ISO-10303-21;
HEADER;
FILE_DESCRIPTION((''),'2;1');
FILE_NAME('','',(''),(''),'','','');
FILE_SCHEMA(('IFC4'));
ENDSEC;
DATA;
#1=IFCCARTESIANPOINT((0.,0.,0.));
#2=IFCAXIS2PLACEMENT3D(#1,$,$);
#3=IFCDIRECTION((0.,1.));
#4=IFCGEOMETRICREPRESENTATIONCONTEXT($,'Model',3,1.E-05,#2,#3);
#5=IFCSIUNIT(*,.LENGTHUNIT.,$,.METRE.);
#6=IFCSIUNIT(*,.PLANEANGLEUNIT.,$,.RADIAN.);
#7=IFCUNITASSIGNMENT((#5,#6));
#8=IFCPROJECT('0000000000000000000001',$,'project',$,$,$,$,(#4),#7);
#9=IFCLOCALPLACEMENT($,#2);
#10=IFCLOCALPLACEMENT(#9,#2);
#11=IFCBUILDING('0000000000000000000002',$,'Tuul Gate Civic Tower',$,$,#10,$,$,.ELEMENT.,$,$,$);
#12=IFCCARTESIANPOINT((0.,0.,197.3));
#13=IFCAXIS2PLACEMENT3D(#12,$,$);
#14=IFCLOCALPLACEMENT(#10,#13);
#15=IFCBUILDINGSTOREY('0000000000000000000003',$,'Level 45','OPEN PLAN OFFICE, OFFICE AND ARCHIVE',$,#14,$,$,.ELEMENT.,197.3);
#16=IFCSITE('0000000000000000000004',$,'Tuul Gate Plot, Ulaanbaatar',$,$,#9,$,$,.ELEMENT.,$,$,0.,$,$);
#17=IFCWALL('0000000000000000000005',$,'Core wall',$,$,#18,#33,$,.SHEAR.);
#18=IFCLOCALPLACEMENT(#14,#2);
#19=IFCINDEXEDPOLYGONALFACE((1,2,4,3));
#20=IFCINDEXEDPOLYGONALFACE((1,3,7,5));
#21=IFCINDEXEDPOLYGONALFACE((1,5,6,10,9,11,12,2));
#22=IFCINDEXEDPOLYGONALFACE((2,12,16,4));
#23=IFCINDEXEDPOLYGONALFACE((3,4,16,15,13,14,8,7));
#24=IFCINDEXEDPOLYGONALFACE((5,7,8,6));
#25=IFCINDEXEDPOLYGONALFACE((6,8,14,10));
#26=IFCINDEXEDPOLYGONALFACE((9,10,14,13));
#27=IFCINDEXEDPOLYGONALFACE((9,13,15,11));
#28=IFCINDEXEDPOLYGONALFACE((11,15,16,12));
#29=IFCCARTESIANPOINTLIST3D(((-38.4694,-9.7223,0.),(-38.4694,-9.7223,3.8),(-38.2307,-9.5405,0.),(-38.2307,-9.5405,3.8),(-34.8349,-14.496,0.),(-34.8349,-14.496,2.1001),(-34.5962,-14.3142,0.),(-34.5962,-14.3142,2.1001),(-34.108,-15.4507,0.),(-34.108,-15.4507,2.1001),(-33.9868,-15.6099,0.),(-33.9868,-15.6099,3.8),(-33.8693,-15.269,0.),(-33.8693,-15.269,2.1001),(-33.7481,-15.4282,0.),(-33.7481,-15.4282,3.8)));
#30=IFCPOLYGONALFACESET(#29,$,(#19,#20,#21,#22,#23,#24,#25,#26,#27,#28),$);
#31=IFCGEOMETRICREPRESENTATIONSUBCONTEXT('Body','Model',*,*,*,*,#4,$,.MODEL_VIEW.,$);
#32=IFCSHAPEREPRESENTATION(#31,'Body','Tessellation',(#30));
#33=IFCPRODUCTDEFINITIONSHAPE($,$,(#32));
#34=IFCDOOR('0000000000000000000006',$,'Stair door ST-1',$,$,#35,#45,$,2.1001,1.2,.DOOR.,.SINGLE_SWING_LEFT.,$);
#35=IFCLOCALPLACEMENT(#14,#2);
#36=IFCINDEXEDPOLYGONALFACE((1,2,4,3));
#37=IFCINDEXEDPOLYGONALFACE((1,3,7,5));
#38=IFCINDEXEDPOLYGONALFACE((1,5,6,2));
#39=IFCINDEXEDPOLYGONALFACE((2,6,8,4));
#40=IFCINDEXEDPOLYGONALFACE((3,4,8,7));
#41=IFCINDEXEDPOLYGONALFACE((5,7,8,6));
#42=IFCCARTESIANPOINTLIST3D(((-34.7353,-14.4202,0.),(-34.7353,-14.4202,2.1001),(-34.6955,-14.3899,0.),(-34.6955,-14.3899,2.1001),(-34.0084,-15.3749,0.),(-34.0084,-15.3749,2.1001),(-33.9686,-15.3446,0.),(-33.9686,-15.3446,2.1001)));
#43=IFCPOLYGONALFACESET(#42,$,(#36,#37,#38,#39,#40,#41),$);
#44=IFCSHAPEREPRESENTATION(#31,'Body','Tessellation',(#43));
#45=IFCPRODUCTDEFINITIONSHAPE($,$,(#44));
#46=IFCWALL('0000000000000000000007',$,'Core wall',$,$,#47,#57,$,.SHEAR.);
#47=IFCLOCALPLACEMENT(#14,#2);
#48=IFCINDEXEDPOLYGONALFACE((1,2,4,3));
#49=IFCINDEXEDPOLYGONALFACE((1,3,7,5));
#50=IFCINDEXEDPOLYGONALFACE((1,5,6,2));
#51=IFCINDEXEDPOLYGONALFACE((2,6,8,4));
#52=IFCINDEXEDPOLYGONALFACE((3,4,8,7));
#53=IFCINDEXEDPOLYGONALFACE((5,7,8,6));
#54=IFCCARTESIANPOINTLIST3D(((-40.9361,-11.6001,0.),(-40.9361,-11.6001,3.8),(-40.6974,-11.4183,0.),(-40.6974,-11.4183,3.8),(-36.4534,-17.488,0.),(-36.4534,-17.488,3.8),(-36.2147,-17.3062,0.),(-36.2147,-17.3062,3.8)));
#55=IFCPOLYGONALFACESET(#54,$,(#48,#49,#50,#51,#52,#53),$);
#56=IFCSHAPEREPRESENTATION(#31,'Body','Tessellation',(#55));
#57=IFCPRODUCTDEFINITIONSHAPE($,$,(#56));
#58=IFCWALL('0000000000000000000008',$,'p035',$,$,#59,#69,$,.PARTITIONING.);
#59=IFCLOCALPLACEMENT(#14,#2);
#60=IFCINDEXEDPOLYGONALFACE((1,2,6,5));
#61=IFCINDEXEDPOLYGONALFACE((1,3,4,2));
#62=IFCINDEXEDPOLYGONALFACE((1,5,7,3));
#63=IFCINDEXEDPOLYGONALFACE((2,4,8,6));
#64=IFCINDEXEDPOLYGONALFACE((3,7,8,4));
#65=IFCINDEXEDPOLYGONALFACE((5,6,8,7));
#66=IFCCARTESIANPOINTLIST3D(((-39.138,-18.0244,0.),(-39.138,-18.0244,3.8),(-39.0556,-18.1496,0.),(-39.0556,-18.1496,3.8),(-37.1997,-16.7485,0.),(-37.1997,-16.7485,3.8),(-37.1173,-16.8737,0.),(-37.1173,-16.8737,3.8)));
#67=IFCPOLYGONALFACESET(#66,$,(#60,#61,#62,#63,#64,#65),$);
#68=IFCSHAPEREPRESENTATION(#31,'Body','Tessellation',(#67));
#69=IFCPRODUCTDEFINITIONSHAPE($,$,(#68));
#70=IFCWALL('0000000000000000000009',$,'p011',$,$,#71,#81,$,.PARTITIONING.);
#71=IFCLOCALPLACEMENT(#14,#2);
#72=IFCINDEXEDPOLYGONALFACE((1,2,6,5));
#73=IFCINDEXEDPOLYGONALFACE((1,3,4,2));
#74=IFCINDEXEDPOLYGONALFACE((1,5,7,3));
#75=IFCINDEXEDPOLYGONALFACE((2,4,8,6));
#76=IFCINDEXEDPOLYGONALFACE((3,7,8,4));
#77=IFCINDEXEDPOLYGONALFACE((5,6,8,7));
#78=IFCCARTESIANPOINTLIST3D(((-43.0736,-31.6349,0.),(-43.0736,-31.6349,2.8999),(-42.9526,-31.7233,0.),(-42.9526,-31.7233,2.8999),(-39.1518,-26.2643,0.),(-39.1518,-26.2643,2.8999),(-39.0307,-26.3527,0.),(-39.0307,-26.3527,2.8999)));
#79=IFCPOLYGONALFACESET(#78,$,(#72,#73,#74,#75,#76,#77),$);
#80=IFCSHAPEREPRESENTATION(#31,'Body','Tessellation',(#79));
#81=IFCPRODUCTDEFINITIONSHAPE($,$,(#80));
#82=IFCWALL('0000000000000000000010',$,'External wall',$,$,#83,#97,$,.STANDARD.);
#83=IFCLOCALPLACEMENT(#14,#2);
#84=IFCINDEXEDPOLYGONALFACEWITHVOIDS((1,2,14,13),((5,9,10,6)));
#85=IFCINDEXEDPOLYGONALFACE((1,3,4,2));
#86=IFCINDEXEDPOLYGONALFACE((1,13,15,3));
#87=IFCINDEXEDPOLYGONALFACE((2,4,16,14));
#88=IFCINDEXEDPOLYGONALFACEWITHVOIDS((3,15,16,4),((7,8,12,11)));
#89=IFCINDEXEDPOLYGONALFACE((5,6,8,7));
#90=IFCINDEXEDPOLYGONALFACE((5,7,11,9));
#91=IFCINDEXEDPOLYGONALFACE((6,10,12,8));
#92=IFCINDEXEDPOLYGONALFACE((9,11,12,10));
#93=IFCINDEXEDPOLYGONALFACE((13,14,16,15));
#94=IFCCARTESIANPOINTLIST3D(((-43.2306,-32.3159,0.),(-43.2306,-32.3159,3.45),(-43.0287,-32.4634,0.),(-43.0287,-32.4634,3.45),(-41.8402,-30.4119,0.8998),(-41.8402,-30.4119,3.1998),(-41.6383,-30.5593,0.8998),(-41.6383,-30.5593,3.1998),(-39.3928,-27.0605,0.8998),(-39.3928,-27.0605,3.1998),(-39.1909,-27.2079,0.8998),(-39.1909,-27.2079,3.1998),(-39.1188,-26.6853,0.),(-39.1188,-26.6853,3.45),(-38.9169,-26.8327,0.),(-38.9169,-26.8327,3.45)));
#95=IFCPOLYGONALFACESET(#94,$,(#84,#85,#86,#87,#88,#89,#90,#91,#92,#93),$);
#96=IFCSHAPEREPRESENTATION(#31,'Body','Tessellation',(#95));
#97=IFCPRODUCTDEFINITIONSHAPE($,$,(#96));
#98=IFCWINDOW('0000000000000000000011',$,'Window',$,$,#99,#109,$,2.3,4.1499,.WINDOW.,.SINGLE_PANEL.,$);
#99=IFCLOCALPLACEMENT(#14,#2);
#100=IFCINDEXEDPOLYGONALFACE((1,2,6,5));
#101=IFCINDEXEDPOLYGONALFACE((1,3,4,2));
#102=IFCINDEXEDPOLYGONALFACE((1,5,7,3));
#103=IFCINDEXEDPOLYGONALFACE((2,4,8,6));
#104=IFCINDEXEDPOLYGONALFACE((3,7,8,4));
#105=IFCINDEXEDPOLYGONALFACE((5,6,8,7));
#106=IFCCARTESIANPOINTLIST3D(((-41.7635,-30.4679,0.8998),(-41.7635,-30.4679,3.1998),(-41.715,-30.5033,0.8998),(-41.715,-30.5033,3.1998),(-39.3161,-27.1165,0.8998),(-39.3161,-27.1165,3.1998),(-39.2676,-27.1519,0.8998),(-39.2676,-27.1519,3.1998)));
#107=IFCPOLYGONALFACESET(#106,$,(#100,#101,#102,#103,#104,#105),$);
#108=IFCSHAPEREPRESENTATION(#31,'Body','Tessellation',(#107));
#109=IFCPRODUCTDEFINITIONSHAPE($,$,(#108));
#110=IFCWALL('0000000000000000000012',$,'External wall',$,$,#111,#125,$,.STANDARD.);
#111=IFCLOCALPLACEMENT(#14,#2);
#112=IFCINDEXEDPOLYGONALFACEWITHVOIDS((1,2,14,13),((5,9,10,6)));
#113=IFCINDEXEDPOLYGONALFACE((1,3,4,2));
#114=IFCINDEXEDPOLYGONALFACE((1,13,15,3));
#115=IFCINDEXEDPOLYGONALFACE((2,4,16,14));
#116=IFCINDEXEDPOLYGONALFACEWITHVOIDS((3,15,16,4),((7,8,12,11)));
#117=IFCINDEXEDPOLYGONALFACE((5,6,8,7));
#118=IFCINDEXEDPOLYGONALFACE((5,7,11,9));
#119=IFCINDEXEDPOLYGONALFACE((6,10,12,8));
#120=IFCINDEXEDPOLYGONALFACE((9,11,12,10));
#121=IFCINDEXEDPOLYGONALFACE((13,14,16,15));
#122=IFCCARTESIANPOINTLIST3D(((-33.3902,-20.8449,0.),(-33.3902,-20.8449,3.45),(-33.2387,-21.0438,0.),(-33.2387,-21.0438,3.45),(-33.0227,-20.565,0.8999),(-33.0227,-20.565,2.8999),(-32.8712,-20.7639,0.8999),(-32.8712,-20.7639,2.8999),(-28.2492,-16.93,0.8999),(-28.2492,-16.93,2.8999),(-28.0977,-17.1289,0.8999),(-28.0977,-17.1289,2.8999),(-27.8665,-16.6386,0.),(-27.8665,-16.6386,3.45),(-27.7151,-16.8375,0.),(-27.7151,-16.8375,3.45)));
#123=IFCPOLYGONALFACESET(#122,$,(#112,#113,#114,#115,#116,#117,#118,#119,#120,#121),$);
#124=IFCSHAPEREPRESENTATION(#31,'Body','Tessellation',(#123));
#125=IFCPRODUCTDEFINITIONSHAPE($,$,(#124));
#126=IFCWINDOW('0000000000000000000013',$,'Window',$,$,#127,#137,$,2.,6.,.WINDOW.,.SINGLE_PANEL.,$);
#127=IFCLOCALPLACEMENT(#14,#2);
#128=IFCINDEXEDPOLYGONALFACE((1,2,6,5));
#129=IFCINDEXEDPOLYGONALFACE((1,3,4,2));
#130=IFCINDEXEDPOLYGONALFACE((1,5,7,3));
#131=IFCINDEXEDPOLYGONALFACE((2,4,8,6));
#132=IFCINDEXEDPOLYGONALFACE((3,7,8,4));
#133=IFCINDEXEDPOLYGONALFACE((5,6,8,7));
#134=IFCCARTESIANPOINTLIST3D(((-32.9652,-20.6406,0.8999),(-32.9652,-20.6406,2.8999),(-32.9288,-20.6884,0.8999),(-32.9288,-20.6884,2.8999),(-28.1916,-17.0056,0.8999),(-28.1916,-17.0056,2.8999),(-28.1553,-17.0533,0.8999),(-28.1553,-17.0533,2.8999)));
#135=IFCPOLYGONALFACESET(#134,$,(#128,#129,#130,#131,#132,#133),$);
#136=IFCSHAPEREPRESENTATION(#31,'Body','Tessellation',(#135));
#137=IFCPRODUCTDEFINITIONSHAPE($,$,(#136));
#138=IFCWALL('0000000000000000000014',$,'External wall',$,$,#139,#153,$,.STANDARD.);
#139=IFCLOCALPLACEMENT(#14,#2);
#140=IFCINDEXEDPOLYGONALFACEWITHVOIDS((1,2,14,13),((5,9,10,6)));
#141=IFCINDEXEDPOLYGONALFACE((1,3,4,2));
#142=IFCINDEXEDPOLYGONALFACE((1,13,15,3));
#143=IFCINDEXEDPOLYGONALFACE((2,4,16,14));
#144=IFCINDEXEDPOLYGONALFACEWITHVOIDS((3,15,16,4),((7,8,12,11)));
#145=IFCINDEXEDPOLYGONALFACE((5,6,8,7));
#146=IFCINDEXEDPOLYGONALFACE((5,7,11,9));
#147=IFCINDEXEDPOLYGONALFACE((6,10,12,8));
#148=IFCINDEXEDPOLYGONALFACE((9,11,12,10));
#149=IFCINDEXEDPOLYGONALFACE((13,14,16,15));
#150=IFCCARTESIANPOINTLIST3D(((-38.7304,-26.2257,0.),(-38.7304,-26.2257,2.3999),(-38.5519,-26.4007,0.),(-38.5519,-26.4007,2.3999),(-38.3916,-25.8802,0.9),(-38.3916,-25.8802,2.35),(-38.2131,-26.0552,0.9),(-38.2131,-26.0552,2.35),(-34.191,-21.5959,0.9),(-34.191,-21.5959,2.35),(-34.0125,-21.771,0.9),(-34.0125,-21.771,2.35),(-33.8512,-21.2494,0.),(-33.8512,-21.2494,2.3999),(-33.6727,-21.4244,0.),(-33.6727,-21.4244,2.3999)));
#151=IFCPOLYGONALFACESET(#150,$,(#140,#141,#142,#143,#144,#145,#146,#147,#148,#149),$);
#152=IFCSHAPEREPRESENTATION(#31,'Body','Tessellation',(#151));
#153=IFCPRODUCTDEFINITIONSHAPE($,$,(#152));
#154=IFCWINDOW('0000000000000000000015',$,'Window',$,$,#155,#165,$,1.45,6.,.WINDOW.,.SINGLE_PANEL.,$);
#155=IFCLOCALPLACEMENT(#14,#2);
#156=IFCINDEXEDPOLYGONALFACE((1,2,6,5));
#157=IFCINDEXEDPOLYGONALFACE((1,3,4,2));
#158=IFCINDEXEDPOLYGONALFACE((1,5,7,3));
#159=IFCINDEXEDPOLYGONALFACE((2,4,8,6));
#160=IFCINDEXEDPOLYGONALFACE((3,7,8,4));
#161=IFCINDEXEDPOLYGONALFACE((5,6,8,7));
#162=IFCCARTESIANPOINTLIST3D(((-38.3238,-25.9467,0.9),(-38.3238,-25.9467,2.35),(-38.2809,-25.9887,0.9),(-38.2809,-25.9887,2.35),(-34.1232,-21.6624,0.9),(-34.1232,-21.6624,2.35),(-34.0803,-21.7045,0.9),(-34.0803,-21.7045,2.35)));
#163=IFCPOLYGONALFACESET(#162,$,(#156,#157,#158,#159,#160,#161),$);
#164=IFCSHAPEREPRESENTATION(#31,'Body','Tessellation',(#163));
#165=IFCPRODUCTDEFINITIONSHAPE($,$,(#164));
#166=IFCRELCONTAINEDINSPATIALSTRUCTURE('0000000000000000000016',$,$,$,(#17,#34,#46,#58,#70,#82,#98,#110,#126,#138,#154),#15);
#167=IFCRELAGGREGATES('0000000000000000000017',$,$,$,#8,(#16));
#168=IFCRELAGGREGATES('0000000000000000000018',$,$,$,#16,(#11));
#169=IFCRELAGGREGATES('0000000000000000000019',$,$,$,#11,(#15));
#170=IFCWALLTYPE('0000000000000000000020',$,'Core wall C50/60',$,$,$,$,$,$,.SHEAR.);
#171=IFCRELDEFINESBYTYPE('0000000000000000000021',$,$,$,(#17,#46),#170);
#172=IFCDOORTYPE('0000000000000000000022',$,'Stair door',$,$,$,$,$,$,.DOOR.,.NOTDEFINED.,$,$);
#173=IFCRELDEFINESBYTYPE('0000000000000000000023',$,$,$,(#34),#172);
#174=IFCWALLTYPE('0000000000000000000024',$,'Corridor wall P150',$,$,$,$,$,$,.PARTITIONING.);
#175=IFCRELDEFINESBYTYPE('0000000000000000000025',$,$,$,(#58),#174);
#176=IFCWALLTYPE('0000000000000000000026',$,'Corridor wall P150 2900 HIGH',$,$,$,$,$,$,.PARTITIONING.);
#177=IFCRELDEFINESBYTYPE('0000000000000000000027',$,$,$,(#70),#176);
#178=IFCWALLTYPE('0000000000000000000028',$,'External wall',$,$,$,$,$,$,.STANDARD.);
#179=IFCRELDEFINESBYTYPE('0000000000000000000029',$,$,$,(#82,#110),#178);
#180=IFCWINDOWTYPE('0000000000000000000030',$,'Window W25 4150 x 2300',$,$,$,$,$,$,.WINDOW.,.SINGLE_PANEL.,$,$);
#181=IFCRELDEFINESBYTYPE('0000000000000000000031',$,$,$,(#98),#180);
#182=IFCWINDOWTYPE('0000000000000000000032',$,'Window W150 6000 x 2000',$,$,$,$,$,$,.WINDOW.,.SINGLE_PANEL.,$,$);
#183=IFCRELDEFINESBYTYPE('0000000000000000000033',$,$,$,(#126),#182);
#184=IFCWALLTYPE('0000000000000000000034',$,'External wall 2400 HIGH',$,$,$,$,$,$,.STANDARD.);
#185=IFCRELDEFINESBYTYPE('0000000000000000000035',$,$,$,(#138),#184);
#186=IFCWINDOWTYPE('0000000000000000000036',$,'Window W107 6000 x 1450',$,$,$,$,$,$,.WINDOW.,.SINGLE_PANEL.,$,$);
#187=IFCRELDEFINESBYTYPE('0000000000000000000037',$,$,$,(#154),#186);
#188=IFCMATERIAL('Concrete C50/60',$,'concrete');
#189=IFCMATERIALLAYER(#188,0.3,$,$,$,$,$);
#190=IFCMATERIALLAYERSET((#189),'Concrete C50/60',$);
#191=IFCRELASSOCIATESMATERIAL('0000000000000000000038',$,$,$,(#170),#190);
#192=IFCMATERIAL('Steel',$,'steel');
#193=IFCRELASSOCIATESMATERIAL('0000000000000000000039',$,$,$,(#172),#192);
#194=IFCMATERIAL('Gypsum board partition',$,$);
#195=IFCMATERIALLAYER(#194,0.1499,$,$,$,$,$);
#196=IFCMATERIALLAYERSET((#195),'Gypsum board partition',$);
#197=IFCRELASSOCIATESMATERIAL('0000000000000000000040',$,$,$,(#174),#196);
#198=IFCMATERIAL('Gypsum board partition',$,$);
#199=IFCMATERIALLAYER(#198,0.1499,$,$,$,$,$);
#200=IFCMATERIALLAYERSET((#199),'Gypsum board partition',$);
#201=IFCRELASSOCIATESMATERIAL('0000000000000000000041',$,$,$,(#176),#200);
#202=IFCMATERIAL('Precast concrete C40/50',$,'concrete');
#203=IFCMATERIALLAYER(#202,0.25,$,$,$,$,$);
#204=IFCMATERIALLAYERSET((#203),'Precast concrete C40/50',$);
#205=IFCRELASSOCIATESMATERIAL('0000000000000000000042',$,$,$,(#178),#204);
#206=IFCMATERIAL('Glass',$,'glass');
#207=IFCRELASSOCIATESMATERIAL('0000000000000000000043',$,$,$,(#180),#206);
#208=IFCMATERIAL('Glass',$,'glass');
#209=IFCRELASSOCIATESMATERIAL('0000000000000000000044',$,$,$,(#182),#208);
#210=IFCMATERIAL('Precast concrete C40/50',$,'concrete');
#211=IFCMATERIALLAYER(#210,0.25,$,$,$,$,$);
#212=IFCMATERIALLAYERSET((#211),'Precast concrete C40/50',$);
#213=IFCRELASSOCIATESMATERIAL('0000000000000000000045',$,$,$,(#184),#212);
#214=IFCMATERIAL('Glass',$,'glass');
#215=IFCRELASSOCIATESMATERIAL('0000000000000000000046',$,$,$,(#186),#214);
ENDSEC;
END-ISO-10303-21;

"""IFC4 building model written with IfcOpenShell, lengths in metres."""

from ifc_helpers import new_model, si_unit, direction, frame, frame_2d, origin, place, context, subcontext, project, spatial, rectangle, extrude, material, layer, layer_set, type_object, element, fill, save


model = new_model("IFC4")

# Units and contexts
model_context = context("Model", 3, precision=1e-05, world=origin(), true_north=direction((0.0, 1.0)))
body_context = subcontext(model_context, "Body", "Model", "MODEL_VIEW")
ifc_project = project(units=[si_unit("LENGTHUNIT", "METRE"), si_unit("PLANEANGLEUNIT", "RADIAN")], contexts=[model_context])

# Site, building, storey
site_placement = place(None, origin())
site = spatial("IfcSite", under=ifc_project, at=site_placement, Name="Tuul Gate Plot, Ulaanbaatar", CompositionType="ELEMENT", RefElevation=0.0)
building_placement = place(site_placement, origin())
building = spatial("IfcBuilding", under=site, at=building_placement, Name="Tuul Gate Civic Tower", CompositionType="ELEMENT")
storey_placement = place(building_placement, frame((0.0, 0.0, 197.3)))
storey = spatial("IfcBuildingStorey", under=building, at=storey_placement, Name="Level 45", Description="OPEN PLAN OFFICE, OFFICE AND ARCHIVE", CompositionType="ELEMENT", Elevation=197.3)

# Wall, opening, door
ifc_material_1 = material(Name="Concrete C50/60", Category="concrete")
ifc_layer_1 = layer(ifc_material_1, 0.3)
ifc_layer_set_1 = layer_set([ifc_layer_1], Name="Concrete C50/60")
wall_type_1 = type_object("IfcWallType", Name="Core wall C50/60", PredefinedType="SHEAR", material=ifc_layer_set_1)
wall_1_placement = place(storey_placement, frame((-33.8674, -15.519, 0.0), z_axis=(0.0, 0.0, 1.0), x_axis=(-0.60577, 0.79564, 0.0)))
wall_1 = element("IfcWall", 1, at=wall_1_placement, inside=storey, type_object=wall_type_1, Name="Core wall", PredefinedType="SHEAR", context=body_context, shape_type="SweptSolid", body=[
    extrude(rectangle(XDim=7.3999, YDim=0.3, at=frame_2d((3.7, 0.0))), origin(), (0.0, 0.0, 1.0), 3.8),
])
opening_1_placement = place(wall_1_placement, frame((0.2, 0.0, 0.0)))
opening_1 = element("IfcOpeningElement", 2, at=opening_1_placement, cuts=wall_1, PredefinedType="OPENING", context=body_context, shape_type="SweptSolid", body=[
    extrude(rectangle(XDim=1.2, YDim=2.1001, at=frame_2d((0.6001, 1.05))), frame((0.0, 0.1602, 0.0), z_axis=(0.0, -1.0, 0.0), x_axis=(1.0, 0.0, 0.0)), (0.0, 0.0, 1.0), 0.3201),
])
ifc_material_2 = material(Name="Steel", Category="steel")
door_type = type_object("IfcDoorType", Name="Stair door", OperationType="NOTDEFINED", PredefinedType="DOOR", material=ifc_material_2)
door_placement = place(opening_1_placement, origin())
door = element("IfcDoor", 3, at=door_placement, inside=storey, type_object=door_type, Name="Stair door ST-1", OperationType="SINGLE_SWING_LEFT", OverallHeight=2.1001, OverallWidth=1.2, PredefinedType="DOOR", context=body_context, shape_type="SweptSolid", body=[
    extrude(rectangle(XDim=1.2, YDim=2.1001, at=frame_2d((0.6001, 1.05))), frame((0.0, 0.0249, 0.0), z_axis=(0.0, -1.0, 0.0), x_axis=(1.0, 0.0, 0.0)), (0.0, 0.0, 1.0), 0.05),
])
fill(opening_1, door)

# Walls
wall_2_placement = place(storey_placement, frame((-36.334, -17.3972, 0.0), z_axis=(0.0, 0.0, 1.0), x_axis=(-0.605754, 0.795652, 0.0)))
element("IfcWall", 4, at=wall_2_placement, inside=storey, type_object=wall_type_1, Name="Core wall", PredefinedType="SHEAR", context=body_context, shape_type="SweptSolid", body=[
    extrude(rectangle(XDim=7.4001, YDim=0.3, at=frame_2d((3.7002, 0.0))), origin(), (0.0, 0.0, 1.0), 3.8),
])
ifc_material_3 = material(Name="Gypsum board partition")
ifc_layer_2 = layer(ifc_material_3, 0.1499)
ifc_layer_set_2 = layer_set([ifc_layer_2], Name="Gypsum board partition")
wall_type_2 = type_object("IfcWallType", Name="Corridor wall P150", PredefinedType="PARTITIONING", material=ifc_layer_set_2)
wall_3_placement = place(storey_placement, frame((-39.0967, -18.0869, 0.0), z_axis=(0.0, 0.0, 1.0), x_axis=(0.835273, 0.549835, 0.0)))
element("IfcWall", 5, at=wall_3_placement, inside=storey, type_object=wall_type_2, Name="p035", PredefinedType="PARTITIONING", context=body_context, shape_type="SweptSolid", body=[
    extrude(rectangle(XDim=2.3206, YDim=0.1499, at=frame_2d((1.1602, 0.0))), origin(), (0.0, 0.0, 1.0), 3.8),
])
ifc_material_4 = material(Name="Gypsum board partition")
ifc_layer_3 = layer(ifc_material_4, 0.1499)
ifc_layer_set_3 = layer_set([ifc_layer_3], Name="Gypsum board partition")
wall_type_3 = type_object("IfcWallType", Name="Corridor wall P150 2900 HIGH", PredefinedType="PARTITIONING", material=ifc_layer_set_3)
wall_4_placement = place(storey_placement, frame((-43.0132, -31.6792, 0.0), z_axis=(0.0, 0.0, 1.0), x_axis=(0.589742, 0.807592, 0.0)))
element("IfcWall", 6, at=wall_4_placement, inside=storey, type_object=wall_type_3, Name="p011", PredefinedType="PARTITIONING", context=body_context, shape_type="SweptSolid", body=[
    extrude(rectangle(XDim=6.6501, YDim=0.1499, at=frame_2d((3.3252, 0.0))), origin(), (0.0, 0.0, 1.0), 2.8999),
])

# Walls, openings, windows
ifc_material_5 = material(Name="Precast concrete C40/50", Category="concrete")
ifc_layer_4 = layer(ifc_material_5, 0.25)
ifc_layer_set_4 = layer_set([ifc_layer_4], Name="Precast concrete C40/50")
wall_type_4 = type_object("IfcWallType", Name="External wall", PredefinedType="STANDARD", material=ifc_layer_set_4)
wall_5_placement = place(storey_placement, frame((-43.1296, -32.3896, 0.0), z_axis=(0.0, 0.0, 1.0), x_axis=(0.589749, 0.807587, 0.0)))
wall_5 = element("IfcWall", 7, at=wall_5_placement, inside=storey, type_object=wall_type_4, Name="External wall", PredefinedType="STANDARD", context=body_context, shape_type="SweptSolid", body=[
    extrude(rectangle(XDim=6.9722, YDim=0.25, at=frame_2d((3.4861, 0.0))), origin(), (0.0, 0.0, 1.0), 3.45),
])
opening_2_placement = place(wall_5_placement, frame((2.3577, 0.0, 0.8999)))
opening_2 = element("IfcOpeningElement", 8, at=opening_2_placement, cuts=wall_5, PredefinedType="OPENING", context=body_context, shape_type="SweptSolid", body=[
    extrude(rectangle(XDim=4.1499, YDim=2.3, at=frame_2d((2.075, 1.1499))), frame((0.0, 0.135, 0.0), z_axis=(0.0, -1.0, 0.0), x_axis=(1.0, 0.0, 0.0)), (0.0, 0.0, 1.0), 0.27),
])
ifc_material_6 = material(Name="Glass", Category="glass")
window_type_1 = type_object("IfcWindowType", Name="Window W25 4150 x 2300", PartitioningType="SINGLE_PANEL", PredefinedType="WINDOW", material=ifc_material_6)
window_1_placement = place(opening_2_placement, origin())
window_1 = element("IfcWindow", 9, at=window_1_placement, inside=storey, type_object=window_type_1, Name="Window", OverallHeight=2.3, OverallWidth=4.1499, PartitioningType="SINGLE_PANEL", PredefinedType="WINDOW", context=body_context, shape_type="SweptSolid", body=[
    extrude(rectangle(XDim=4.1499, YDim=2.3, at=frame_2d((2.075, 1.1499))), frame((0.0, 0.03, 0.0), z_axis=(0.0, -1.0, 0.0), x_axis=(1.0, 0.0, 0.0)), (0.0, 0.0, 1.0), 0.0601),
])
fill(opening_2, window_1)
wall_6_placement = place(storey_placement, frame((-33.3145, -20.9443, 0.0), z_axis=(0.0, 0.0, 1.0), x_axis=(0.795586, 0.605841, 0.0)))
wall_6 = element("IfcWall", 10, at=wall_6_placement, inside=storey, type_object=wall_type_4, Name="External wall", PredefinedType="STANDARD", context=body_context, shape_type="SweptSolid", body=[
    extrude(rectangle(XDim=6.9429, YDim=0.25, at=frame_2d((3.4714, 0.0))), origin(), (0.0, 0.0, 1.0), 3.45),
])
opening_3_placement = place(wall_6_placement, frame((0.4619, 0.0, 0.8999)))
opening_3 = element("IfcOpeningElement", 11, at=opening_3_placement, cuts=wall_6, PredefinedType="OPENING", context=body_context, shape_type="SweptSolid", body=[
    extrude(rectangle(XDim=6.0, YDim=2.0, at=frame_2d((3.0, 1.0))), frame((0.0, 0.135, 0.0), z_axis=(0.0, -1.0, 0.0), x_axis=(1.0, 0.0, 0.0)), (0.0, 0.0, 1.0), 0.27),
])
ifc_material_7 = material(Name="Glass", Category="glass")
window_type_2 = type_object("IfcWindowType", Name="Window W150 6000 x 2000", PartitioningType="SINGLE_PANEL", PredefinedType="WINDOW", material=ifc_material_7)
window_2_placement = place(opening_3_placement, origin())
window_2 = element("IfcWindow", 12, at=window_2_placement, inside=storey, type_object=window_type_2, Name="Window", OverallHeight=2.0, OverallWidth=6.0, PartitioningType="SINGLE_PANEL", PredefinedType="WINDOW", context=body_context, shape_type="SweptSolid", body=[
    extrude(rectangle(XDim=6.0, YDim=2.0, at=frame_2d((3.0, 1.0))), frame((0.0, 0.03, 0.0), z_axis=(0.0, -1.0, 0.0), x_axis=(1.0, 0.0, 0.0)), (0.0, 0.0, 1.0), 0.0601),
])
fill(opening_3, window_2)
ifc_material_8 = material(Name="Precast concrete C40/50", Category="concrete")
ifc_layer_5 = layer(ifc_material_8, 0.25)
ifc_layer_set_5 = layer_set([ifc_layer_5], Name="Precast concrete C40/50")
wall_type_5 = type_object("IfcWallType", Name="External wall 2400 HIGH", PredefinedType="STANDARD", material=ifc_layer_set_5)
wall_7_placement = place(storey_placement, frame((-38.6411, -26.3132, 0.0), z_axis=(0.0, 0.0, 1.0), x_axis=(0.700101, 0.714044, 0.0)))
wall_7 = element("IfcWall", 13, at=wall_7_placement, inside=storey, type_object=wall_type_5, Name="External wall", PredefinedType="STANDARD", context=body_context, shape_type="SweptSolid", body=[
    extrude(rectangle(XDim=6.9692, YDim=0.25, at=frame_2d((3.4846, 0.0))), origin(), (0.0, 0.0, 1.0), 2.3999),
])
opening_4_placement = place(wall_7_placement, frame((0.4839, 0.0, 0.8999)))
opening_4 = element("IfcOpeningElement", 14, at=opening_4_placement, cuts=wall_7, PredefinedType="OPENING", context=body_context, shape_type="SweptSolid", body=[
    extrude(rectangle(XDim=6.0, YDim=1.45, at=frame_2d((3.0, 0.7251))), frame((0.0, 0.135, 0.0), z_axis=(0.0, -1.0, 0.0), x_axis=(1.0, 0.0, 0.0)), (0.0, 0.0, 1.0), 0.27),
])
ifc_material_9 = material(Name="Glass", Category="glass")
window_type_3 = type_object("IfcWindowType", Name="Window W107 6000 x 1450", PartitioningType="SINGLE_PANEL", PredefinedType="WINDOW", material=ifc_material_9)
window_3_placement = place(opening_4_placement, origin())
window_3 = element("IfcWindow", 15, at=window_3_placement, inside=storey, type_object=window_type_3, Name="Window", OverallHeight=1.45, OverallWidth=6.0, PartitioningType="SINGLE_PANEL", PredefinedType="WINDOW", context=body_context, shape_type="SweptSolid", body=[
    extrude(rectangle(XDim=6.0, YDim=1.45, at=frame_2d((3.0, 0.7251))), frame((0.0, 0.03, 0.0), z_axis=(0.0, -1.0, 0.0), x_axis=(1.0, 0.0, 0.0)), (0.0, 0.0, 1.0), 0.0601),
])
fill(opening_4, window_3)

save(model, "model.ifc")
